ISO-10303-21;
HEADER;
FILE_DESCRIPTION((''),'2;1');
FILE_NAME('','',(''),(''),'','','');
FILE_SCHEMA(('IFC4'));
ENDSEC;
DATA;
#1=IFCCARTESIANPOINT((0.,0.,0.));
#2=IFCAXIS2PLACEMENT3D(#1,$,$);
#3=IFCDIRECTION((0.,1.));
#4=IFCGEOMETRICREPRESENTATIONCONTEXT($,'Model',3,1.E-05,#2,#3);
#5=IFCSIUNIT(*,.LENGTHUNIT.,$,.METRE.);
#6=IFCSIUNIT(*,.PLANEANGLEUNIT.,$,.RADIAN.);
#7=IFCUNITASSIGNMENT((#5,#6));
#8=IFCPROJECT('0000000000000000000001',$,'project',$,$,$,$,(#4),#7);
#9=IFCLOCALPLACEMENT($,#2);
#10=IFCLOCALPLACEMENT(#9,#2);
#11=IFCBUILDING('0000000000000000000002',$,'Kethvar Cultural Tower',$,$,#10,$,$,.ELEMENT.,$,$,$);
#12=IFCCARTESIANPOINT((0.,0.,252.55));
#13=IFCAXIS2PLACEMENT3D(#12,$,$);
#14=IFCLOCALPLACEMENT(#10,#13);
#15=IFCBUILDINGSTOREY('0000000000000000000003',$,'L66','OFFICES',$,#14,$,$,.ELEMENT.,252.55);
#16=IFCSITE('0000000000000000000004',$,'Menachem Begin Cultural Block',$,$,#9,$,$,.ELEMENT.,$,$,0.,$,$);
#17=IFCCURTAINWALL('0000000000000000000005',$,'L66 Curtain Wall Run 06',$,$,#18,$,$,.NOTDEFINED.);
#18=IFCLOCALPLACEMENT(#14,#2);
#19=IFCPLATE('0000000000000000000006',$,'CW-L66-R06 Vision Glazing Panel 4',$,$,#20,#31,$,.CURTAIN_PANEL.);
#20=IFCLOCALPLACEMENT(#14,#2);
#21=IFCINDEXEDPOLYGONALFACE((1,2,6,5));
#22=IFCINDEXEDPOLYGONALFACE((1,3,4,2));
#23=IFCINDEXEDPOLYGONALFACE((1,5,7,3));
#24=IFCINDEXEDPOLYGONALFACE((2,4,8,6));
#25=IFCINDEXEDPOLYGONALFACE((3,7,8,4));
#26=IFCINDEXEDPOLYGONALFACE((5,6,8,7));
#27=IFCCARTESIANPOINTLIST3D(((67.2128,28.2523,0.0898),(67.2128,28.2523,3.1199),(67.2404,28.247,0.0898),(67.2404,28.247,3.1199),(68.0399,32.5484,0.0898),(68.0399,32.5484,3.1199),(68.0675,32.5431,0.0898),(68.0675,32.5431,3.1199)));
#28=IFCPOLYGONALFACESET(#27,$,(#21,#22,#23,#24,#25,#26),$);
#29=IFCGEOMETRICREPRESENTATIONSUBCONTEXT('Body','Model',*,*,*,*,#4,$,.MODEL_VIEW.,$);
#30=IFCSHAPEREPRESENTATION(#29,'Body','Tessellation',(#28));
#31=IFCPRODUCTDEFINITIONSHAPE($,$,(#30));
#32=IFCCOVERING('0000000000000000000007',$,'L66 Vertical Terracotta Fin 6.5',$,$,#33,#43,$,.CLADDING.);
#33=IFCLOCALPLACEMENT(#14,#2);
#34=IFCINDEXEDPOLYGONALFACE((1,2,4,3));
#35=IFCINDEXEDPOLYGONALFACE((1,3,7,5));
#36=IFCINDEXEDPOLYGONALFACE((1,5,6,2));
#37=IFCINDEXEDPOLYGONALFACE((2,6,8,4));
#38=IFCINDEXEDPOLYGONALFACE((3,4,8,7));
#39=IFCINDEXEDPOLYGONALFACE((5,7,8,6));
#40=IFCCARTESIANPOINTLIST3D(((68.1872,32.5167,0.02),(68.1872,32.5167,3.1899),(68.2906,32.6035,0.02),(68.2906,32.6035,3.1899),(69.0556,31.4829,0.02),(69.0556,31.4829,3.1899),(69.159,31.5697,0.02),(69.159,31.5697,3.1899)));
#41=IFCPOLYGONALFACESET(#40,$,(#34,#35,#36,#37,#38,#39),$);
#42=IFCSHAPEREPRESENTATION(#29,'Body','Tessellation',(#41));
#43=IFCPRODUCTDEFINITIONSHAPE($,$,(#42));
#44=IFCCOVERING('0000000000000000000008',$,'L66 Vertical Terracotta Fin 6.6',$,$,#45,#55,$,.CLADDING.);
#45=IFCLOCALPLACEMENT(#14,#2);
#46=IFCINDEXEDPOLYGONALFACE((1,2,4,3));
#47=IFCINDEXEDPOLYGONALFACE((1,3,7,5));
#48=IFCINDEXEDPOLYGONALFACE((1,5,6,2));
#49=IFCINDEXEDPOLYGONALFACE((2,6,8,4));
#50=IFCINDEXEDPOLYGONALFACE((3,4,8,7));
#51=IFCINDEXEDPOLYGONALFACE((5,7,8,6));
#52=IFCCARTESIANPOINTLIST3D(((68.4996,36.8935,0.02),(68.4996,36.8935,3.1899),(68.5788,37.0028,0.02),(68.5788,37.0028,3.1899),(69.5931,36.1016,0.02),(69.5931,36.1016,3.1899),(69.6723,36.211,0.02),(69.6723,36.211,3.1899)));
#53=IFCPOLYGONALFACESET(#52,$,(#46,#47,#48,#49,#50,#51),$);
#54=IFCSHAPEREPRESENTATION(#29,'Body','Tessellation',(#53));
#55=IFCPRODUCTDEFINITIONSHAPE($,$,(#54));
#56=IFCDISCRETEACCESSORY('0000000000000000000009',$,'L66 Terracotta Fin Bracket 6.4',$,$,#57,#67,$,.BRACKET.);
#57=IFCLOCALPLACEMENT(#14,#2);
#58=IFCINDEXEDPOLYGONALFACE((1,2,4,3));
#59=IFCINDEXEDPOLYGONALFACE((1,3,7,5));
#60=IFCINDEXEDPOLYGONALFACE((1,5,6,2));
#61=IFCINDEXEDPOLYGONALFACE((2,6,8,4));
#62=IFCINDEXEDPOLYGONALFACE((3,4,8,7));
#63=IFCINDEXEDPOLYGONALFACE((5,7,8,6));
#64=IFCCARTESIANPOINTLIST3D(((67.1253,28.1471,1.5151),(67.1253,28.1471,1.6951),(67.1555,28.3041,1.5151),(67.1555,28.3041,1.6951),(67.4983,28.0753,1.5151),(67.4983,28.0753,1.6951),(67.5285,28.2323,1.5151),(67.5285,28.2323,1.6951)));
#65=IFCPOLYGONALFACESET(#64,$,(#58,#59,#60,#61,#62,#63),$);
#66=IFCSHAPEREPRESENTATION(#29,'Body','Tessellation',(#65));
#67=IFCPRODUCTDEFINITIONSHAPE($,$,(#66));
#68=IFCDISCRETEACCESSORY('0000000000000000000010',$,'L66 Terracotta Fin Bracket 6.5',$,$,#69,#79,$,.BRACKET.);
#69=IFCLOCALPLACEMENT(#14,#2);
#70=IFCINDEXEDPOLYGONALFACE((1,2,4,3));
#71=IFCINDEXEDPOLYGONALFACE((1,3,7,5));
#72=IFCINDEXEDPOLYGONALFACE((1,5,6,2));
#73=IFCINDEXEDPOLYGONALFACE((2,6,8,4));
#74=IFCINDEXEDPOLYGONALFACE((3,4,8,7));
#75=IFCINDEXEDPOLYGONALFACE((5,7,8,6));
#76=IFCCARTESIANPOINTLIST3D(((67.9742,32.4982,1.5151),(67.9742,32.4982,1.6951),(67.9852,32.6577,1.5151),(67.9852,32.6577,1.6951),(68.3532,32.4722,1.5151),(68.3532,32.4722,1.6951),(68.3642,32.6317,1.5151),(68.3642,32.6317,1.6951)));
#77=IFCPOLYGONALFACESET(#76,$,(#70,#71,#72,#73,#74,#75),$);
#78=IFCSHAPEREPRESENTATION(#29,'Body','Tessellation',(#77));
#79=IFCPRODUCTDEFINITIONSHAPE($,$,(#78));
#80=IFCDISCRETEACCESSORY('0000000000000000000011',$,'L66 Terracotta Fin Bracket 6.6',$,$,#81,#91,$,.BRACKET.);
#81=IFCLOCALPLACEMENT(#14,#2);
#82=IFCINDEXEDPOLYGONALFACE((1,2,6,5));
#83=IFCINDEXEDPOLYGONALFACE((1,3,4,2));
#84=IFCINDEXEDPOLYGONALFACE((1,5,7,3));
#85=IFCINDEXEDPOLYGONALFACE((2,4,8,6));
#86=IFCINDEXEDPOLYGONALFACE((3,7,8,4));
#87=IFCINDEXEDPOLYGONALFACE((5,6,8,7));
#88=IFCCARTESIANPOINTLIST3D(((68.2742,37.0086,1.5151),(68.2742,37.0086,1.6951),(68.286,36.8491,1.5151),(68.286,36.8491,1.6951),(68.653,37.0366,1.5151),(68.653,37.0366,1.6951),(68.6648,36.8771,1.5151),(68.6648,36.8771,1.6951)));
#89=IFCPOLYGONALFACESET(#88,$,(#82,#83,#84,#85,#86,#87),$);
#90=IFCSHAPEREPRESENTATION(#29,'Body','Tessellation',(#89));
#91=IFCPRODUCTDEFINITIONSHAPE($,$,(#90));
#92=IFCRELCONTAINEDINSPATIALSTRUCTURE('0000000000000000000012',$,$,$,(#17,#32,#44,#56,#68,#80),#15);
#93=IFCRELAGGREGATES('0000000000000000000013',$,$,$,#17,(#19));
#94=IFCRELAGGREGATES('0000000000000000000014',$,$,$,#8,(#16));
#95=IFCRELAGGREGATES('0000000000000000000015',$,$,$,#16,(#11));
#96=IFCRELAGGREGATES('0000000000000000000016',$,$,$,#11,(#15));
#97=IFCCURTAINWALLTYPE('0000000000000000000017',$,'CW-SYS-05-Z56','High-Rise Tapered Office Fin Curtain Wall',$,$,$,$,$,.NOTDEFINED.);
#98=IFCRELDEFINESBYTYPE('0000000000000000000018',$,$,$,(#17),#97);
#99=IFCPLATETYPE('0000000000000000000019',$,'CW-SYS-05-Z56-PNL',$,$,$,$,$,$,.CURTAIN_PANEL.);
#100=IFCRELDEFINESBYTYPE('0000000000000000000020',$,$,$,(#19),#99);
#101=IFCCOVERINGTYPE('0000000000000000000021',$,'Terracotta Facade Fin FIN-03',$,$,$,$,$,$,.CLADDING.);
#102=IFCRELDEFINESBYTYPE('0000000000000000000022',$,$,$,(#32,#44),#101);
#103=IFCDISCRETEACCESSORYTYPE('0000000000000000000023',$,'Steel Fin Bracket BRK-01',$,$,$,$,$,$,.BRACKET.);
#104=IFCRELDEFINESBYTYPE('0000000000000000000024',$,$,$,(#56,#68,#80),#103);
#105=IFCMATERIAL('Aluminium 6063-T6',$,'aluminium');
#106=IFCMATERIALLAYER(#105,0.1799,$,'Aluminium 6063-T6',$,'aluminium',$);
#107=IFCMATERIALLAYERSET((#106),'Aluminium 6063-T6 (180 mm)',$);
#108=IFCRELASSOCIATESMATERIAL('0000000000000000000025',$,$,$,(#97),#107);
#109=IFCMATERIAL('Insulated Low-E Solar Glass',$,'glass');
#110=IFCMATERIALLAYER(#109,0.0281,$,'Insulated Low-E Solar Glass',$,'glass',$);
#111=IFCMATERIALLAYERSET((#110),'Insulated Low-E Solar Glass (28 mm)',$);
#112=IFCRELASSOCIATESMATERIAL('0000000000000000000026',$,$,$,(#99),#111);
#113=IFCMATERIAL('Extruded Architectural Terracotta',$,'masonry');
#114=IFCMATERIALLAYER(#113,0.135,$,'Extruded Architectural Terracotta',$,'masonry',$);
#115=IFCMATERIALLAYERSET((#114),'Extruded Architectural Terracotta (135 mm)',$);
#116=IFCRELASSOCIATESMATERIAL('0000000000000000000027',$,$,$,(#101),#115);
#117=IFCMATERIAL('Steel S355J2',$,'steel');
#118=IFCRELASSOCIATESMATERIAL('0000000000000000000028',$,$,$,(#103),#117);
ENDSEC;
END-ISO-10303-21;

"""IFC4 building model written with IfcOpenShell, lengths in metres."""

from ifc_helpers import new_model, si_unit, direction, frame, origin, origin_2d, place, context, subcontext, project, spatial, rectangle, extrude, source, transform, mapped, material, layer, layer_set, type_object, element, aggregate, save


model = new_model("IFC4")

# Units and contexts
model_context = context("Model", 3, precision=1e-05, world=origin(), true_north=direction((0.0, 1.0)))
body_context = subcontext(model_context, "Body", "Model", "MODEL_VIEW")
ifc_project = project(units=[si_unit("LENGTHUNIT", "METRE"), si_unit("PLANEANGLEUNIT", "RADIAN")], contexts=[model_context])

# Site, building, storey
site_placement = place(None, origin())
site = spatial("IfcSite", under=ifc_project, at=site_placement, Name="Menachem Begin Cultural Block", CompositionType="ELEMENT", RefElevation=0.0)
building_placement = place(site_placement, origin())
building = spatial("IfcBuilding", under=site, at=building_placement, Name="Kethvar Cultural Tower", CompositionType="ELEMENT")
storey_placement = place(building_placement, frame((0.0, 0.0, 252.55)))
storey = spatial("IfcBuildingStorey", under=building, at=storey_placement, Name="L66", Description="OFFICES", CompositionType="ELEMENT", Elevation=252.55)

# Shared definitions
ifc_material_1 = material(Name="Steel S355J2", Category="steel")

# Curtain wall, plate
ifc_material_2 = material(Name="Aluminium 6063-T6", Category="aluminium")
ifc_layer_1 = layer(ifc_material_2, 0.1799, Name="Aluminium 6063-T6", Category="aluminium")
ifc_layer_set_1 = layer_set([ifc_layer_1], Name="Aluminium 6063-T6 (180 mm)")
curtain_wall_type = type_object("IfcCurtainWallType", Name="CW-SYS-05-Z56", Description="High-Rise Tapered Office Fin Curtain Wall", PredefinedType="NOTDEFINED", material=ifc_layer_set_1)
curtain_wall_placement = place(storey_placement, origin())
curtain_wall = element("IfcCurtainWall", 1, at=curtain_wall_placement, inside=storey, type_object=curtain_wall_type, Name="L66 Curtain Wall Run 06", PredefinedType="NOTDEFINED")
ifc_material_3 = material(Name="Insulated Low-E Solar Glass", Category="glass")
ifc_layer_2 = layer(ifc_material_3, 0.0281, Name="Insulated Low-E Solar Glass", Category="glass")
ifc_layer_set_2 = layer_set([ifc_layer_2], Name="Insulated Low-E Solar Glass (28 mm)")
plate_type = type_object("IfcPlateType", Name="CW-SYS-05-Z56-PNL", PredefinedType="CURTAIN_PANEL", material=ifc_layer_set_2)
shared_shape_1 = source(origin(), body_context, "Body", "SweptSolid", [
    extrude(rectangle(XDim=4.375, YDim=0.0281, at=origin_2d()), origin(), (0.0, 0.0, 1.0), 3.03),
])
plate_1_placement = place(storey_placement, frame((67.6401, 30.3977, 0.0898), z_axis=(0.0, 0.0, 1.0), x_axis=(0.189044, 0.981969, 0.0)))
plate_1 = element("IfcPlate", 2, at=plate_1_placement, type_object=plate_type, Name="CW-L66-R06 Vision Glazing Panel 4", PredefinedType="CURTAIN_PANEL", context=body_context, shape_type="MappedRepresentation", body=[
    mapped(shared_shape_1, transform((0.0, 0.0, 0.0), scale=1.0)),
])
aggregate(curtain_wall, [plate_1])

# Coverings
ifc_material_4 = material(Name="Extruded Architectural Terracotta", Category="masonry")
ifc_layer_3 = layer(ifc_material_4, 0.135, Name="Extruded Architectural Terracotta", Category="masonry")
ifc_layer_set_3 = layer_set([ifc_layer_3], Name="Extruded Architectural Terracotta (135 mm)")
covering_type = type_object("IfcCoveringType", Name="Terracotta Facade Fin FIN-03", PredefinedType="CLADDING", material=ifc_layer_set_3)
shared_shape_2 = source(origin(), body_context, "Body", "SweptSolid", [
    extrude(rectangle(XDim=1.3501, YDim=0.135, at=origin_2d()), origin(), (0.0, 0.0, 1.0), 3.1699),
])
for number, where, z_axis, x_axis, name in (
    (3, (68.6731, 32.0432, 0.02), (0.0, 0.0, 1.0), (0.643189, -0.765708, 0.0), "L66 Vertical Terracotta Fin 6.5"),
    (4, (69.0859, 36.5522, 0.02), (0.0, 0.0, 1.0), (0.809939, -0.586514, 0.0), "L66 Vertical Terracotta Fin 6.6"),
):
    element("IfcCovering", number, at=place(storey_placement, frame(where, z_axis=z_axis, x_axis=x_axis)), inside=storey, type_object=covering_type, Name=name, PredefinedType="CLADDING", context=body_context, shape_type="MappedRepresentation", body=[
        mapped(shared_shape_2, transform((0.0, 0.0, 0.0), scale=1.0)),
    ])

# Discrete accessories
discrete_accessory_type = type_object("IfcDiscreteAccessoryType", Name="Steel Fin Bracket BRK-01", PredefinedType="BRACKET", material=ifc_material_1)
shared_shape_3 = source(origin(), body_context, "Body", "SweptSolid", [
    extrude(rectangle(XDim=0.3799, YDim=0.1599, at=origin_2d()), origin(), (0.0, 0.0, 1.0), 0.1799),
])
for number, where, z_axis, x_axis, name in (
    (5, (67.3269, 28.1897, 1.5151), (0.0, 0.0, 1.0), (0.981959, -0.189095, 0.0), "L66 Terracotta Fin Bracket 6.4"),
    (6, (68.1692, 32.5649, 1.5151), (0.0, 0.0, 1.0), (0.99766, -0.068364, 0.0), "L66 Terracotta Fin Bracket 6.5"),
    (7, (68.4695, 36.9429, 1.5151), (0.0, 0.0, 1.0), (0.997276, 0.07376, 0.0), "L66 Terracotta Fin Bracket 6.6"),
):
    element("IfcDiscreteAccessory", number, at=place(storey_placement, frame(where, z_axis=z_axis, x_axis=x_axis)), inside=storey, type_object=discrete_accessory_type, Name=name, PredefinedType="BRACKET", context=body_context, shape_type="MappedRepresentation", body=[
        mapped(shared_shape_3, transform((0.0, 0.0, 0.0), scale=1.0)),
    ])

save(model, "model.ifc")
